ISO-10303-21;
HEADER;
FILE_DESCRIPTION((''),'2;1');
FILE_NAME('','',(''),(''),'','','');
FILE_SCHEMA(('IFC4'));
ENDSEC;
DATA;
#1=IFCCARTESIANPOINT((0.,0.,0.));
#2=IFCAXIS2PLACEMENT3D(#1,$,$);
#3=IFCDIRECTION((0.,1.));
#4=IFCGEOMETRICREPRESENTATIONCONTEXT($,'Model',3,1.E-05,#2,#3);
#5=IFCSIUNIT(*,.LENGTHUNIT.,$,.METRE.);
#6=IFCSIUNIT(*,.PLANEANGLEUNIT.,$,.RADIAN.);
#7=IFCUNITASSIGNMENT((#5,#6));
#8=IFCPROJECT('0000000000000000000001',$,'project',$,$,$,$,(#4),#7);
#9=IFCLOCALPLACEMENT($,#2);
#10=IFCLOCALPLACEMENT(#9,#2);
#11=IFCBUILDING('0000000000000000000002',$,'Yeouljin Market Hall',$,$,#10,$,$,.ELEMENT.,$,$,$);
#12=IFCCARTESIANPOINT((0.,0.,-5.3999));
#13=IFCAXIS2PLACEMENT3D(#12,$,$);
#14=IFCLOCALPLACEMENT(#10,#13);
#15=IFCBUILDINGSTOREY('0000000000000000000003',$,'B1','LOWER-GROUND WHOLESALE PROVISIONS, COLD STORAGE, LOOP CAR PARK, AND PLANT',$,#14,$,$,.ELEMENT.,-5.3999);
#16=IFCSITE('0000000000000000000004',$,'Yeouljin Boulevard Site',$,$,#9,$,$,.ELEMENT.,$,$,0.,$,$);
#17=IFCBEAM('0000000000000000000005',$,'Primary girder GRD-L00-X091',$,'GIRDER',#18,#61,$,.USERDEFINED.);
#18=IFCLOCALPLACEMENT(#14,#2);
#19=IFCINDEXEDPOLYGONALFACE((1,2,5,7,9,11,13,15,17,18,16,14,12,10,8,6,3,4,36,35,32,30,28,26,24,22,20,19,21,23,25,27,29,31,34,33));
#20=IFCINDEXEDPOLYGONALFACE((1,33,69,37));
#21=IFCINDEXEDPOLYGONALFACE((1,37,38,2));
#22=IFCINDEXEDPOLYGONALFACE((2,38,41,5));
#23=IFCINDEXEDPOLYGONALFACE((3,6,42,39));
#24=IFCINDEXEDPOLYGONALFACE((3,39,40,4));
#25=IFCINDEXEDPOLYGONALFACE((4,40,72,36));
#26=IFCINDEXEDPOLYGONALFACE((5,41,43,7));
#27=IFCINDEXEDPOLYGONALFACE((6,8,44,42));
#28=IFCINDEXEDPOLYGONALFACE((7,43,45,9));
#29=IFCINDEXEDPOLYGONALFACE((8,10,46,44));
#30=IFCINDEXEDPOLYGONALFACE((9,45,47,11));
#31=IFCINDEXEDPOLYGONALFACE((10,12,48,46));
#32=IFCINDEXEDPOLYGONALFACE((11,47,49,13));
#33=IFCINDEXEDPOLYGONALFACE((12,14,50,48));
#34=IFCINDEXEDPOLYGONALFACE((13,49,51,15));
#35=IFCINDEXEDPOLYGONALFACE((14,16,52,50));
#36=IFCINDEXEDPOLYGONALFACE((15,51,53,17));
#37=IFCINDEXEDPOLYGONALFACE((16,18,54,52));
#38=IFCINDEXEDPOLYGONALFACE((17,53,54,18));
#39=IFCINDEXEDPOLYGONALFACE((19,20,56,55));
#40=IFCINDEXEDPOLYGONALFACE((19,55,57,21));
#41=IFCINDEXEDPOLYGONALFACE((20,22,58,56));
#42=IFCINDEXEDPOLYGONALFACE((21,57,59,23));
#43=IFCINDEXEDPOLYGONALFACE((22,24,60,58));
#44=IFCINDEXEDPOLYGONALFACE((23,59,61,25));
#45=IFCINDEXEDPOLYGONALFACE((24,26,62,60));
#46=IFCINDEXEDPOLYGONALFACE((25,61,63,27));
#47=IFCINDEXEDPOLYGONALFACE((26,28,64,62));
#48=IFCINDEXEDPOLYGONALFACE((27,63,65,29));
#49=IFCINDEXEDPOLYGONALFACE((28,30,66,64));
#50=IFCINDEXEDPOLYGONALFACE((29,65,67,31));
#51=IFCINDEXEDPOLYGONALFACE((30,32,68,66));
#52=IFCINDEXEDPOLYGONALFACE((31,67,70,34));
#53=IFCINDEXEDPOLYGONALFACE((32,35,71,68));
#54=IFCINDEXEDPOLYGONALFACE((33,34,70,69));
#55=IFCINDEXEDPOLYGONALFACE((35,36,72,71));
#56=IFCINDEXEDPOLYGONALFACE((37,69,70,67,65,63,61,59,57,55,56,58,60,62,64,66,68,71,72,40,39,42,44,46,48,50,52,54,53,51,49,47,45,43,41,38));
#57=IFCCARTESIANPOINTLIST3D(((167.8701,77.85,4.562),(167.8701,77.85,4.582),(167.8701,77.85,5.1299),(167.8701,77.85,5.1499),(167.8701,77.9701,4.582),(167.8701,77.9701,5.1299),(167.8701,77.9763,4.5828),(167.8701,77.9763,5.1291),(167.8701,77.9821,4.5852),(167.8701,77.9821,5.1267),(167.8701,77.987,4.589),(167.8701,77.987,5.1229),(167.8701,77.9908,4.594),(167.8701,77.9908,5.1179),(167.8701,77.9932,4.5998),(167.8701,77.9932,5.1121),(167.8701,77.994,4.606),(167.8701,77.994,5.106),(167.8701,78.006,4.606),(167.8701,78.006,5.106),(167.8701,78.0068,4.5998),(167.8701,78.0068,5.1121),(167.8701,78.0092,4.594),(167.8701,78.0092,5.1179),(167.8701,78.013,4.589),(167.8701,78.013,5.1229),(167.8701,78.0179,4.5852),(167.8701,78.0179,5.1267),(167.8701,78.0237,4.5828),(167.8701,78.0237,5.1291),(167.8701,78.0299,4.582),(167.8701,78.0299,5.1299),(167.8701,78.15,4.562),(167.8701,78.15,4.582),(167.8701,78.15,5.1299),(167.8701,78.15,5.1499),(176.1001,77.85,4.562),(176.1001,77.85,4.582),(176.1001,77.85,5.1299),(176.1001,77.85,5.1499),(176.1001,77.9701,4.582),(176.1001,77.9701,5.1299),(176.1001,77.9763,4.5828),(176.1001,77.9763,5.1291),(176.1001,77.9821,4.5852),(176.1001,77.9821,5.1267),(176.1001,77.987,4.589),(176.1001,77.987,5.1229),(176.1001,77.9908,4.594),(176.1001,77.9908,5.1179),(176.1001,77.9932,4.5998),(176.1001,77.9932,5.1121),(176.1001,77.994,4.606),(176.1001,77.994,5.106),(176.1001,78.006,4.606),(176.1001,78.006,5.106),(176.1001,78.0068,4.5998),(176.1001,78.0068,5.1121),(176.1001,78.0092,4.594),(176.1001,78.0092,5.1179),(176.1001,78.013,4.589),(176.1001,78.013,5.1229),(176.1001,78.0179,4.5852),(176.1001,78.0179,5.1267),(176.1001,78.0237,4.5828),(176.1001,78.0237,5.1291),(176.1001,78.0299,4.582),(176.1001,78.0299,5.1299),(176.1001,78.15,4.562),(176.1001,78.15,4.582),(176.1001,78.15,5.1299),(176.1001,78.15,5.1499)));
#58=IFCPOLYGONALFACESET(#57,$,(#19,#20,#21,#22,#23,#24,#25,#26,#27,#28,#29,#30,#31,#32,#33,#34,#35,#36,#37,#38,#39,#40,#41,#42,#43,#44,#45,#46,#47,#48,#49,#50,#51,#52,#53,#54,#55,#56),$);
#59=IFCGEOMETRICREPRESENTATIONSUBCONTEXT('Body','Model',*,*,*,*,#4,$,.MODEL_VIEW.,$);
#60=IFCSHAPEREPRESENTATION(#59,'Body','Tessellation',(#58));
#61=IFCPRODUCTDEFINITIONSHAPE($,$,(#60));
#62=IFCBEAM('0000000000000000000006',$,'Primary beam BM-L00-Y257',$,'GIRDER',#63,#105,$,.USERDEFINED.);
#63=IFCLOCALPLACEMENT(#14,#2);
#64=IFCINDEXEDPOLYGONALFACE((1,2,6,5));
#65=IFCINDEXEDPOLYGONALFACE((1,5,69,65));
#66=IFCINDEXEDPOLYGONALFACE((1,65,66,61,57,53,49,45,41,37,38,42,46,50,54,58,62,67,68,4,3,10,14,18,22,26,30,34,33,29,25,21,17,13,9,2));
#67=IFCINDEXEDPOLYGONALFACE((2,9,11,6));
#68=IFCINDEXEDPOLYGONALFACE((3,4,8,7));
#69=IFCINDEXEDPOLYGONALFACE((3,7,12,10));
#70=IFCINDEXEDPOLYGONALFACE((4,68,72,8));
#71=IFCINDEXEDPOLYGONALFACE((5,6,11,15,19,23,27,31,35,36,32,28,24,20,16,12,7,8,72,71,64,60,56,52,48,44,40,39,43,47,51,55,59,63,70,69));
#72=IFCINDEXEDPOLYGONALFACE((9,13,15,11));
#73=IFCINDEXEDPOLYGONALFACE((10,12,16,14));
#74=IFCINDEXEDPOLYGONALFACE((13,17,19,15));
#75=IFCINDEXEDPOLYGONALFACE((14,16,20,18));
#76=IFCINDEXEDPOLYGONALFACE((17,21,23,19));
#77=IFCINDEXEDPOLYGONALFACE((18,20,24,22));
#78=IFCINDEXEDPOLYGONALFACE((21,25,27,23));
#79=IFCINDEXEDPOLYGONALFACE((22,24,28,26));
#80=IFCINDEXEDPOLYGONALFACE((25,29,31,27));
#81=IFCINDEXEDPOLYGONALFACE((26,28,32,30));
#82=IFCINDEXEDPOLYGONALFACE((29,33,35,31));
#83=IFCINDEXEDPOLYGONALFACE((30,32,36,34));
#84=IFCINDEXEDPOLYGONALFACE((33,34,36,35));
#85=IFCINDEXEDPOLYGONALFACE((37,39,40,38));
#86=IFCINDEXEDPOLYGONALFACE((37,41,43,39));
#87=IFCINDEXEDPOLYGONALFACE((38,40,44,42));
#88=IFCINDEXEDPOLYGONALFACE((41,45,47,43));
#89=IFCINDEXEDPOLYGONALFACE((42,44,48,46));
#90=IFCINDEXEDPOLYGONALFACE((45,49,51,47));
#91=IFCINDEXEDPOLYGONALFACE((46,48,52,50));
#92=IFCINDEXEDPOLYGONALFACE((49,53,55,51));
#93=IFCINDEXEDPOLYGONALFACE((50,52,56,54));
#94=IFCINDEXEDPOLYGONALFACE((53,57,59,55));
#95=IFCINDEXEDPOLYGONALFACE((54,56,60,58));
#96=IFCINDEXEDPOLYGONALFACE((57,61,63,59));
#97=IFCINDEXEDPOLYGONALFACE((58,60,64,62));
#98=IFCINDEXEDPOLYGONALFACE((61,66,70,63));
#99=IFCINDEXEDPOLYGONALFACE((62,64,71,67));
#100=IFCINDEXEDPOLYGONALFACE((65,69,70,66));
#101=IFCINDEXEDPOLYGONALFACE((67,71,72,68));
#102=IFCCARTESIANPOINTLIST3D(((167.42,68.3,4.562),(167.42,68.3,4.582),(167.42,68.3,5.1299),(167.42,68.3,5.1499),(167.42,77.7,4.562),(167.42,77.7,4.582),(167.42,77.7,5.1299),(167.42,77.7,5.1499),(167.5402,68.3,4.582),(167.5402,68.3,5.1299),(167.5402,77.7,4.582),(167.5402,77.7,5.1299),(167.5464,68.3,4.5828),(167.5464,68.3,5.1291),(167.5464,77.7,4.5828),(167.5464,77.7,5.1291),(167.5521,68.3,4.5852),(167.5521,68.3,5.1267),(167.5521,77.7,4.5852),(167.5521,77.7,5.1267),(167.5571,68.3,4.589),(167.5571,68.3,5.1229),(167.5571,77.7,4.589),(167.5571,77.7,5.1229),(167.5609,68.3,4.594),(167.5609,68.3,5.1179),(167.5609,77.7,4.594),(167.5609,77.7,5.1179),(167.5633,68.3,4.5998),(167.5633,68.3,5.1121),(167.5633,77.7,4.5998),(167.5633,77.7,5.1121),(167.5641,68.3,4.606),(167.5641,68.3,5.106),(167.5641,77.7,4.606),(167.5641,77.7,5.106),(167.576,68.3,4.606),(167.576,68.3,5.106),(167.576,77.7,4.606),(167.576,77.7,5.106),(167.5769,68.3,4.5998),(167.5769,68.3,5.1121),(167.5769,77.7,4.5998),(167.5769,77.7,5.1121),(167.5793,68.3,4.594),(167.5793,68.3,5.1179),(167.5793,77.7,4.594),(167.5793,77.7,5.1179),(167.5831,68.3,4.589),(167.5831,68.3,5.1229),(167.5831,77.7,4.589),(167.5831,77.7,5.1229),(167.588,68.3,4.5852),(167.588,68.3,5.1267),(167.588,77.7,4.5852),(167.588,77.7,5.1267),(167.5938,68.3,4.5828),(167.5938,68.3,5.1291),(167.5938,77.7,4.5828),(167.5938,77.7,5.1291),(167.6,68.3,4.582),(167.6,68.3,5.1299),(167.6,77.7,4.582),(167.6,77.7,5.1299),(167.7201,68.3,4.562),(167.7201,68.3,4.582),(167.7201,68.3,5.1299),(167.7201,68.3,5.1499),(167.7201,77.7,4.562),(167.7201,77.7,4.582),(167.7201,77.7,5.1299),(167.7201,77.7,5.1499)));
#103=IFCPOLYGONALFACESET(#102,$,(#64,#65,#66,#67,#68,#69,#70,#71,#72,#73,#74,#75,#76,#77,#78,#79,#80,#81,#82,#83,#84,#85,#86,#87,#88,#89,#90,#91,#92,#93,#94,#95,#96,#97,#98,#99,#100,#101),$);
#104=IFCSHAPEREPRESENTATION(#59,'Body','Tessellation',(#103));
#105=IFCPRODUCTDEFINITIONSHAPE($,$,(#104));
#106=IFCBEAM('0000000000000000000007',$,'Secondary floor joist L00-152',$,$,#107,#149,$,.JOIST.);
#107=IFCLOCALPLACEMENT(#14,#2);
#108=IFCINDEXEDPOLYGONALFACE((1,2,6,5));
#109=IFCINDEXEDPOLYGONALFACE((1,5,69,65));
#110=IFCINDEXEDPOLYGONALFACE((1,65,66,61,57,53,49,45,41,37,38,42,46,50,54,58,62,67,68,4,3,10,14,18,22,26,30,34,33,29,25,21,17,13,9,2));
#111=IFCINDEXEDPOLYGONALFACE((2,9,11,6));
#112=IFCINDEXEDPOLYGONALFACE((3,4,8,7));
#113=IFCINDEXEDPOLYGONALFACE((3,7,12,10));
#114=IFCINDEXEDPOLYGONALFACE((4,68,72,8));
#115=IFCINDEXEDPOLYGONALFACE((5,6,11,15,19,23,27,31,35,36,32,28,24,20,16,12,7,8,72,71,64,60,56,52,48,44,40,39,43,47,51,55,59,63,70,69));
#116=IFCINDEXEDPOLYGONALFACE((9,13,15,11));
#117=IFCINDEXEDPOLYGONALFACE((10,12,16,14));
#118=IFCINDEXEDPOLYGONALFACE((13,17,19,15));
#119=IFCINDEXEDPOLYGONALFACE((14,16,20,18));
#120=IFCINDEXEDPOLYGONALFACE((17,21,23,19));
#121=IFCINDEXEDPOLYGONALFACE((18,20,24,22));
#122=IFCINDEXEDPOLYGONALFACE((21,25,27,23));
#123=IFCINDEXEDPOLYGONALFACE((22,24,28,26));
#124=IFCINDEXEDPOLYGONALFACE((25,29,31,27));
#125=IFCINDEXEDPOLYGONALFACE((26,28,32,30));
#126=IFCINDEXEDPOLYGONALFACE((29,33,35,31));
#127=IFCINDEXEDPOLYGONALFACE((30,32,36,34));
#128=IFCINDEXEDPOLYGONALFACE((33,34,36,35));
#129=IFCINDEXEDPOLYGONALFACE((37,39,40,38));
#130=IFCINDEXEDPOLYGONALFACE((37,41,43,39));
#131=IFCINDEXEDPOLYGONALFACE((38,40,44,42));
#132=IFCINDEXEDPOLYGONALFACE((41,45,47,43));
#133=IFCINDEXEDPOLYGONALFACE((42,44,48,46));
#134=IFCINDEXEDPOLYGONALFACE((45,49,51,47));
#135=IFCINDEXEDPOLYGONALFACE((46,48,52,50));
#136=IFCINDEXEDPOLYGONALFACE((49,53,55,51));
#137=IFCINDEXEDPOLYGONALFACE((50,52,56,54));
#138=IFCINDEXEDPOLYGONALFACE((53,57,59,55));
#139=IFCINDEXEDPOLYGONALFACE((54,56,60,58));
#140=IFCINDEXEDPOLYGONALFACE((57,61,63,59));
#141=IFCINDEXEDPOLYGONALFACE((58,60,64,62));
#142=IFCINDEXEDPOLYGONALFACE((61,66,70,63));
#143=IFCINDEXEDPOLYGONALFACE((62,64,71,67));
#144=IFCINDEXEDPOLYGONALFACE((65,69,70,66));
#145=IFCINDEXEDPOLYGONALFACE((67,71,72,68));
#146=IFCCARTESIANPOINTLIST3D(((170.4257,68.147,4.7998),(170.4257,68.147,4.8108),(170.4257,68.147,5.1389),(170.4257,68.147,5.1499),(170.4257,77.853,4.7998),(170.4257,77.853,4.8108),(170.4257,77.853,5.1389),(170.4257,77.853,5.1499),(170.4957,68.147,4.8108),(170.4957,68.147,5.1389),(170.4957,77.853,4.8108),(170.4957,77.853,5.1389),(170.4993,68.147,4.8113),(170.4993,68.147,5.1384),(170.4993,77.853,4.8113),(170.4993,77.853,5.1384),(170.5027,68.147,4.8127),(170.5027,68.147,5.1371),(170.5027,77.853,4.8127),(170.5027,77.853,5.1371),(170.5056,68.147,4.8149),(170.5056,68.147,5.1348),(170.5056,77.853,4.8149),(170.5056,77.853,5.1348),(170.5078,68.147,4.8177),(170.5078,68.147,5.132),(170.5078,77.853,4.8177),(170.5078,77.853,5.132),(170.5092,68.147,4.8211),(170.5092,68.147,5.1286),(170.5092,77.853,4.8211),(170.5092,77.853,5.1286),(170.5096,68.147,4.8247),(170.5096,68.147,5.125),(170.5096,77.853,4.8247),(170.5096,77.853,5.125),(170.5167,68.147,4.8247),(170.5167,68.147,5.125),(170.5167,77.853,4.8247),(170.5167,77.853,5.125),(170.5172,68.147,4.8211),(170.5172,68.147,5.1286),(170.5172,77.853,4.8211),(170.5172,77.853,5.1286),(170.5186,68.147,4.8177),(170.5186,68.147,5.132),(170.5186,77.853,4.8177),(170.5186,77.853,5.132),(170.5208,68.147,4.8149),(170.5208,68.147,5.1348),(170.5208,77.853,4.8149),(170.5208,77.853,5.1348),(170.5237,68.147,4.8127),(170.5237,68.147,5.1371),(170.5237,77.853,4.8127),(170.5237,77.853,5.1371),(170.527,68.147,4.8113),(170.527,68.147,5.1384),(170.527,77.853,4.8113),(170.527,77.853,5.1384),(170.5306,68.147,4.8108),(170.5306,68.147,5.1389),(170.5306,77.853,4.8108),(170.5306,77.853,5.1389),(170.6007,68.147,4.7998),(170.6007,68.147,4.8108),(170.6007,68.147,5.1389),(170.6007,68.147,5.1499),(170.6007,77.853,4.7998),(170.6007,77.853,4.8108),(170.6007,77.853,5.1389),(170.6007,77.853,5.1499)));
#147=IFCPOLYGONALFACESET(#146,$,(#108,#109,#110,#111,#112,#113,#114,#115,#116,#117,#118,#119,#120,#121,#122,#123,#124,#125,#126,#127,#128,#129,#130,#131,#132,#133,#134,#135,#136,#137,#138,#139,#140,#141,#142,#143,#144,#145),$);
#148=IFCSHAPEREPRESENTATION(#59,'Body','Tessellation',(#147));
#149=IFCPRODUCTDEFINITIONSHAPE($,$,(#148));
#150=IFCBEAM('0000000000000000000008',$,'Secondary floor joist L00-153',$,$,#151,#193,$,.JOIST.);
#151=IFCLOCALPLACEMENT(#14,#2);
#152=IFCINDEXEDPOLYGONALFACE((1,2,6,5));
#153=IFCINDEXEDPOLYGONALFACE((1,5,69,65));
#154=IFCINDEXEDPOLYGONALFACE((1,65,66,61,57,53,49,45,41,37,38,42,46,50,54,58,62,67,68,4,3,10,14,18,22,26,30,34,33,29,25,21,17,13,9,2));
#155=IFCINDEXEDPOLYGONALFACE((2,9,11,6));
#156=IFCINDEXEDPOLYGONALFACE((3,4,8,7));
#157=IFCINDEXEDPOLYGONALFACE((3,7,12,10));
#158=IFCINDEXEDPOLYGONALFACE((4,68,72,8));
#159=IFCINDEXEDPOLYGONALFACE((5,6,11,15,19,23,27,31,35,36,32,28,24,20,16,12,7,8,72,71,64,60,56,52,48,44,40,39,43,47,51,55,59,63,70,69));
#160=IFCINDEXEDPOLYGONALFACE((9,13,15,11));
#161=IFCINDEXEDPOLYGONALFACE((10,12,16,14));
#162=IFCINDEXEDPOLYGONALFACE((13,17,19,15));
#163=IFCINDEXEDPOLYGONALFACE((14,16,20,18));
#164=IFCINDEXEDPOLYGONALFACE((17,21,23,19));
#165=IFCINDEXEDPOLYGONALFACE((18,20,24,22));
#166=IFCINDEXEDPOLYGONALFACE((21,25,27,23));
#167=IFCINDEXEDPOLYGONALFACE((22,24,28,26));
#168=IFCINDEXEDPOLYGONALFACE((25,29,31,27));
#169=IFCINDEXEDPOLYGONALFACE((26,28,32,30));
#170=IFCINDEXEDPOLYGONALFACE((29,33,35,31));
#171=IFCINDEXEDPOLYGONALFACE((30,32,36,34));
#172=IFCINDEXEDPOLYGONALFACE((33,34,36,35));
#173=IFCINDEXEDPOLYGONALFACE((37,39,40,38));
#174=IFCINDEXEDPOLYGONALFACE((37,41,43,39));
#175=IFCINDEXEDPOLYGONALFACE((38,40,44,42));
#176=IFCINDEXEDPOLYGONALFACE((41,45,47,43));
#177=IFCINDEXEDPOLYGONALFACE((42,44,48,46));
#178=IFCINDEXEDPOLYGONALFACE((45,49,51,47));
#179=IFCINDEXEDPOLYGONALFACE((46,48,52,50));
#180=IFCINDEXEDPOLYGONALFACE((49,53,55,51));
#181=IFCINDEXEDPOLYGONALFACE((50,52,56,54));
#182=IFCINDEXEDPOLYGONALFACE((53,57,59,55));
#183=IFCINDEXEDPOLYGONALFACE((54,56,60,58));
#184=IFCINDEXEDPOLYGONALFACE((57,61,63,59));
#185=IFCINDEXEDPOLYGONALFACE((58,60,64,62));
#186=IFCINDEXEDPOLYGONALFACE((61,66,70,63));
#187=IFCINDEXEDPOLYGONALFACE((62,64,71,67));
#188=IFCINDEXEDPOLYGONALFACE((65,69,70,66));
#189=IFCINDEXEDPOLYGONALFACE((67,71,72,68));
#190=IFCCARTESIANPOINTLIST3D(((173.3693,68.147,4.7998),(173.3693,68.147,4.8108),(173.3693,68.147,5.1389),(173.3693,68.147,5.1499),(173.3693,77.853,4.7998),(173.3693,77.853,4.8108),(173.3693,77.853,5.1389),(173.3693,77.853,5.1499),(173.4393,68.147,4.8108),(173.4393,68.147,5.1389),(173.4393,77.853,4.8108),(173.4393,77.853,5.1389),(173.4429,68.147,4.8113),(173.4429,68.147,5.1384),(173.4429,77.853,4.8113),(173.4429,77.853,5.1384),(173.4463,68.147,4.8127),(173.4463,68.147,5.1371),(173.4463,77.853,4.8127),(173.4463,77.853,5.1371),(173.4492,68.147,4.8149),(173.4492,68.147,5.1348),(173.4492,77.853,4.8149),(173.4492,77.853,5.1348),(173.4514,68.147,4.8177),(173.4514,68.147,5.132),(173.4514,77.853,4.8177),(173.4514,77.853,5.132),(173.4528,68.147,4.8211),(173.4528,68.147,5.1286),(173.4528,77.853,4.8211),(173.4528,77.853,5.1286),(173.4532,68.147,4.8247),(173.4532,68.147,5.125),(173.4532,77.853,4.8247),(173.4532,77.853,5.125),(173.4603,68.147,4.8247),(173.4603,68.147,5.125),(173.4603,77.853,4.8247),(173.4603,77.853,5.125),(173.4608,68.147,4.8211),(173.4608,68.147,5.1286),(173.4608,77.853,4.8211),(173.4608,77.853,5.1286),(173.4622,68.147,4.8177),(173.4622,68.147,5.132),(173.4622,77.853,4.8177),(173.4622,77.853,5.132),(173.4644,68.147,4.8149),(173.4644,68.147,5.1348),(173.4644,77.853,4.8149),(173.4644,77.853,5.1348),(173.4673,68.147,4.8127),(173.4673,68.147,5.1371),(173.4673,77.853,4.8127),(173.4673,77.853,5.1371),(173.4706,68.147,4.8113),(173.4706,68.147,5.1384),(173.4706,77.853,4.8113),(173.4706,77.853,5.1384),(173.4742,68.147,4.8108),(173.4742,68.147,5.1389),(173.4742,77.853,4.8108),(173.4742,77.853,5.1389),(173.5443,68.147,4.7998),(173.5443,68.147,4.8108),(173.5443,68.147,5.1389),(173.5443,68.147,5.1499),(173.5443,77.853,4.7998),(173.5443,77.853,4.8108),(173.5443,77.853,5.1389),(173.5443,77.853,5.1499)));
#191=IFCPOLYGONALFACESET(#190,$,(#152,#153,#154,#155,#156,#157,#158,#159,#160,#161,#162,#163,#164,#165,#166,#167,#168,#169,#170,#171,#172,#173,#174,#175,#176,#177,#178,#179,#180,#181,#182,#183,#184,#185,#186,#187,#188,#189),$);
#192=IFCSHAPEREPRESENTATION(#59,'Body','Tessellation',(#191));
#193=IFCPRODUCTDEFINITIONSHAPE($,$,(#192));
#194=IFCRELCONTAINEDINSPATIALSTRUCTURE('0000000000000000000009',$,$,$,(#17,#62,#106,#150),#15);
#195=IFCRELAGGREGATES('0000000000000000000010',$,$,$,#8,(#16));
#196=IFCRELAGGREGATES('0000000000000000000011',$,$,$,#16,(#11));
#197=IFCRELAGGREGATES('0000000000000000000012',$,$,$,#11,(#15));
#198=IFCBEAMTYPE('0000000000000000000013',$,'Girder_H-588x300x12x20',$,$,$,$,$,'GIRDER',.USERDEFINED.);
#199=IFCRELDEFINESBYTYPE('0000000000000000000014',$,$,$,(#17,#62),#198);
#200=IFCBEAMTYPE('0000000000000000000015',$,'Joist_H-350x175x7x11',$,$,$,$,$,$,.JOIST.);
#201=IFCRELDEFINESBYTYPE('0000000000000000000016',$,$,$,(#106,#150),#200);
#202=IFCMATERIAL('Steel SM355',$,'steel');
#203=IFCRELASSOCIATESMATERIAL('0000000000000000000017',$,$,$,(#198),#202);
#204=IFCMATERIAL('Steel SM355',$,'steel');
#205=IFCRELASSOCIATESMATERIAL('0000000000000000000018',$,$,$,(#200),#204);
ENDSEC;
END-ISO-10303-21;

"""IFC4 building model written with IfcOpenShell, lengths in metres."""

from ifc_helpers import new_model, si_unit, direction, frame, origin, origin_2d, place, context, subcontext, project, spatial, i_section, extrude, material, material_profile, profile_set, type_object, element, save


model = new_model("IFC4")

# Units and contexts
model_context = context("Model", 3, precision=1e-05, world=origin(), true_north=direction((0.0, 1.0)))
body_context = subcontext(model_context, "Body", "Model", "MODEL_VIEW")
ifc_project = project(units=[si_unit("LENGTHUNIT", "METRE"), si_unit("PLANEANGLEUNIT", "RADIAN")], contexts=[model_context])

# Site, building, storey
site_placement = place(None, origin())
site = spatial("IfcSite", under=ifc_project, at=site_placement, Name="Yeouljin Boulevard Site", CompositionType="ELEMENT", RefElevation=0.0)
building_placement = place(site_placement, origin())
building = spatial("IfcBuilding", under=site, at=building_placement, Name="Yeouljin Market Hall", CompositionType="ELEMENT")
storey_placement = place(building_placement, frame((0.0, 0.0, -5.3999)))
storey = spatial("IfcBuildingStorey", under=building, at=storey_placement, Name="B1", Description="LOWER-GROUND WHOLESALE PROVISIONS, COLD STORAGE, LOOP CAR PARK, AND PLANT", CompositionType="ELEMENT", Elevation=-5.3999)

# Beams
ifc_material_1 = material(Name="Steel SM355", Category="steel")
ifc_material_profile_1 = material_profile(ifc_material_1, i_section(OverallWidth=0.3, OverallDepth=0.5879, WebThickness=0.012, FlangeThickness=0.02, FilletRadius=0.0239, at=origin_2d()), Name="H-588x300x12x20")
ifc_profile_set_1 = profile_set([ifc_material_profile_1], Name="Steel SM355")
beam_type_1 = type_object("IfcBeamType", Name="Girder_H-588x300x12x20", ElementType="GIRDER", PredefinedType="USERDEFINED", material=ifc_profile_set_1)
beam_1_placement = place(storey_placement, frame((167.8701, 78.0, 4.856), z_axis=(1.0, 0.0, 0.0), x_axis=(0.0, 1.0, 0.0)))
element("IfcBeam", 1, at=beam_1_placement, inside=storey, type_object=beam_type_1, Name="Primary girder GRD-L00-X091", ObjectType="GIRDER", PredefinedType="USERDEFINED", context=body_context, shape_type="SweptSolid", body=[
    extrude(i_section(OverallWidth=0.3, OverallDepth=0.5879, WebThickness=0.012, FlangeThickness=0.02, FilletRadius=0.0239, at=origin_2d()), origin(), (0.0, 0.0, 1.0), 8.23),
])
beam_2_placement = place(storey_placement, frame((167.5701, 68.3, 4.856), z_axis=(0.0, 1.0, 0.0), x_axis=(-1.0, 0.0, 0.0)))
element("IfcBeam", 2, at=beam_2_placement, inside=storey, type_object=beam_type_1, Name="Primary beam BM-L00-Y257", ObjectType="GIRDER", PredefinedType="USERDEFINED", context=body_context, shape_type="SweptSolid", body=[
    extrude(i_section(OverallWidth=0.3, OverallDepth=0.5879, WebThickness=0.012, FlangeThickness=0.02, FilletRadius=0.0239, at=origin_2d()), origin(), (0.0, 0.0, 1.0), 9.3999),
])
ifc_material_2 = material(Name="Steel SM355", Category="steel")
ifc_material_profile_2 = material_profile(ifc_material_2, i_section(OverallWidth=0.175, OverallDepth=0.3501, WebThickness=0.0071, FlangeThickness=0.011, FilletRadius=0.0139, at=origin_2d()), Name="H-350x175x7x11")
ifc_profile_set_2 = profile_set([ifc_material_profile_2], Name="Steel SM355")
beam_type_2 = type_object("IfcBeamType", Name="Joist_H-350x175x7x11", PredefinedType="JOIST", material=ifc_profile_set_2)
for number, where, z_axis, x_axis, name in (
    (3, (170.5132, 68.147, 4.9749), (0.0, 1.0, 0.0), (-1.0, 0.0, 0.0), "Secondary floor joist L00-152"),
    (4, (173.4568, 68.147, 4.9749), (0.0, 1.0, 0.0), (-1.0, 0.0, 0.0), "Secondary floor joist L00-153"),
):
    element("IfcBeam", number, at=place(storey_placement, frame(where, z_axis=z_axis, x_axis=x_axis)), inside=storey, type_object=beam_type_2, Name=name, PredefinedType="JOIST", context=body_context, shape_type="SweptSolid", body=[
        extrude(i_section(OverallWidth=0.175, OverallDepth=0.3501, WebThickness=0.0071, FlangeThickness=0.011, FilletRadius=0.0139, at=origin_2d()), origin(), (0.0, 0.0, 1.0), 9.7061),
    ])

save(model, "model.ifc")
